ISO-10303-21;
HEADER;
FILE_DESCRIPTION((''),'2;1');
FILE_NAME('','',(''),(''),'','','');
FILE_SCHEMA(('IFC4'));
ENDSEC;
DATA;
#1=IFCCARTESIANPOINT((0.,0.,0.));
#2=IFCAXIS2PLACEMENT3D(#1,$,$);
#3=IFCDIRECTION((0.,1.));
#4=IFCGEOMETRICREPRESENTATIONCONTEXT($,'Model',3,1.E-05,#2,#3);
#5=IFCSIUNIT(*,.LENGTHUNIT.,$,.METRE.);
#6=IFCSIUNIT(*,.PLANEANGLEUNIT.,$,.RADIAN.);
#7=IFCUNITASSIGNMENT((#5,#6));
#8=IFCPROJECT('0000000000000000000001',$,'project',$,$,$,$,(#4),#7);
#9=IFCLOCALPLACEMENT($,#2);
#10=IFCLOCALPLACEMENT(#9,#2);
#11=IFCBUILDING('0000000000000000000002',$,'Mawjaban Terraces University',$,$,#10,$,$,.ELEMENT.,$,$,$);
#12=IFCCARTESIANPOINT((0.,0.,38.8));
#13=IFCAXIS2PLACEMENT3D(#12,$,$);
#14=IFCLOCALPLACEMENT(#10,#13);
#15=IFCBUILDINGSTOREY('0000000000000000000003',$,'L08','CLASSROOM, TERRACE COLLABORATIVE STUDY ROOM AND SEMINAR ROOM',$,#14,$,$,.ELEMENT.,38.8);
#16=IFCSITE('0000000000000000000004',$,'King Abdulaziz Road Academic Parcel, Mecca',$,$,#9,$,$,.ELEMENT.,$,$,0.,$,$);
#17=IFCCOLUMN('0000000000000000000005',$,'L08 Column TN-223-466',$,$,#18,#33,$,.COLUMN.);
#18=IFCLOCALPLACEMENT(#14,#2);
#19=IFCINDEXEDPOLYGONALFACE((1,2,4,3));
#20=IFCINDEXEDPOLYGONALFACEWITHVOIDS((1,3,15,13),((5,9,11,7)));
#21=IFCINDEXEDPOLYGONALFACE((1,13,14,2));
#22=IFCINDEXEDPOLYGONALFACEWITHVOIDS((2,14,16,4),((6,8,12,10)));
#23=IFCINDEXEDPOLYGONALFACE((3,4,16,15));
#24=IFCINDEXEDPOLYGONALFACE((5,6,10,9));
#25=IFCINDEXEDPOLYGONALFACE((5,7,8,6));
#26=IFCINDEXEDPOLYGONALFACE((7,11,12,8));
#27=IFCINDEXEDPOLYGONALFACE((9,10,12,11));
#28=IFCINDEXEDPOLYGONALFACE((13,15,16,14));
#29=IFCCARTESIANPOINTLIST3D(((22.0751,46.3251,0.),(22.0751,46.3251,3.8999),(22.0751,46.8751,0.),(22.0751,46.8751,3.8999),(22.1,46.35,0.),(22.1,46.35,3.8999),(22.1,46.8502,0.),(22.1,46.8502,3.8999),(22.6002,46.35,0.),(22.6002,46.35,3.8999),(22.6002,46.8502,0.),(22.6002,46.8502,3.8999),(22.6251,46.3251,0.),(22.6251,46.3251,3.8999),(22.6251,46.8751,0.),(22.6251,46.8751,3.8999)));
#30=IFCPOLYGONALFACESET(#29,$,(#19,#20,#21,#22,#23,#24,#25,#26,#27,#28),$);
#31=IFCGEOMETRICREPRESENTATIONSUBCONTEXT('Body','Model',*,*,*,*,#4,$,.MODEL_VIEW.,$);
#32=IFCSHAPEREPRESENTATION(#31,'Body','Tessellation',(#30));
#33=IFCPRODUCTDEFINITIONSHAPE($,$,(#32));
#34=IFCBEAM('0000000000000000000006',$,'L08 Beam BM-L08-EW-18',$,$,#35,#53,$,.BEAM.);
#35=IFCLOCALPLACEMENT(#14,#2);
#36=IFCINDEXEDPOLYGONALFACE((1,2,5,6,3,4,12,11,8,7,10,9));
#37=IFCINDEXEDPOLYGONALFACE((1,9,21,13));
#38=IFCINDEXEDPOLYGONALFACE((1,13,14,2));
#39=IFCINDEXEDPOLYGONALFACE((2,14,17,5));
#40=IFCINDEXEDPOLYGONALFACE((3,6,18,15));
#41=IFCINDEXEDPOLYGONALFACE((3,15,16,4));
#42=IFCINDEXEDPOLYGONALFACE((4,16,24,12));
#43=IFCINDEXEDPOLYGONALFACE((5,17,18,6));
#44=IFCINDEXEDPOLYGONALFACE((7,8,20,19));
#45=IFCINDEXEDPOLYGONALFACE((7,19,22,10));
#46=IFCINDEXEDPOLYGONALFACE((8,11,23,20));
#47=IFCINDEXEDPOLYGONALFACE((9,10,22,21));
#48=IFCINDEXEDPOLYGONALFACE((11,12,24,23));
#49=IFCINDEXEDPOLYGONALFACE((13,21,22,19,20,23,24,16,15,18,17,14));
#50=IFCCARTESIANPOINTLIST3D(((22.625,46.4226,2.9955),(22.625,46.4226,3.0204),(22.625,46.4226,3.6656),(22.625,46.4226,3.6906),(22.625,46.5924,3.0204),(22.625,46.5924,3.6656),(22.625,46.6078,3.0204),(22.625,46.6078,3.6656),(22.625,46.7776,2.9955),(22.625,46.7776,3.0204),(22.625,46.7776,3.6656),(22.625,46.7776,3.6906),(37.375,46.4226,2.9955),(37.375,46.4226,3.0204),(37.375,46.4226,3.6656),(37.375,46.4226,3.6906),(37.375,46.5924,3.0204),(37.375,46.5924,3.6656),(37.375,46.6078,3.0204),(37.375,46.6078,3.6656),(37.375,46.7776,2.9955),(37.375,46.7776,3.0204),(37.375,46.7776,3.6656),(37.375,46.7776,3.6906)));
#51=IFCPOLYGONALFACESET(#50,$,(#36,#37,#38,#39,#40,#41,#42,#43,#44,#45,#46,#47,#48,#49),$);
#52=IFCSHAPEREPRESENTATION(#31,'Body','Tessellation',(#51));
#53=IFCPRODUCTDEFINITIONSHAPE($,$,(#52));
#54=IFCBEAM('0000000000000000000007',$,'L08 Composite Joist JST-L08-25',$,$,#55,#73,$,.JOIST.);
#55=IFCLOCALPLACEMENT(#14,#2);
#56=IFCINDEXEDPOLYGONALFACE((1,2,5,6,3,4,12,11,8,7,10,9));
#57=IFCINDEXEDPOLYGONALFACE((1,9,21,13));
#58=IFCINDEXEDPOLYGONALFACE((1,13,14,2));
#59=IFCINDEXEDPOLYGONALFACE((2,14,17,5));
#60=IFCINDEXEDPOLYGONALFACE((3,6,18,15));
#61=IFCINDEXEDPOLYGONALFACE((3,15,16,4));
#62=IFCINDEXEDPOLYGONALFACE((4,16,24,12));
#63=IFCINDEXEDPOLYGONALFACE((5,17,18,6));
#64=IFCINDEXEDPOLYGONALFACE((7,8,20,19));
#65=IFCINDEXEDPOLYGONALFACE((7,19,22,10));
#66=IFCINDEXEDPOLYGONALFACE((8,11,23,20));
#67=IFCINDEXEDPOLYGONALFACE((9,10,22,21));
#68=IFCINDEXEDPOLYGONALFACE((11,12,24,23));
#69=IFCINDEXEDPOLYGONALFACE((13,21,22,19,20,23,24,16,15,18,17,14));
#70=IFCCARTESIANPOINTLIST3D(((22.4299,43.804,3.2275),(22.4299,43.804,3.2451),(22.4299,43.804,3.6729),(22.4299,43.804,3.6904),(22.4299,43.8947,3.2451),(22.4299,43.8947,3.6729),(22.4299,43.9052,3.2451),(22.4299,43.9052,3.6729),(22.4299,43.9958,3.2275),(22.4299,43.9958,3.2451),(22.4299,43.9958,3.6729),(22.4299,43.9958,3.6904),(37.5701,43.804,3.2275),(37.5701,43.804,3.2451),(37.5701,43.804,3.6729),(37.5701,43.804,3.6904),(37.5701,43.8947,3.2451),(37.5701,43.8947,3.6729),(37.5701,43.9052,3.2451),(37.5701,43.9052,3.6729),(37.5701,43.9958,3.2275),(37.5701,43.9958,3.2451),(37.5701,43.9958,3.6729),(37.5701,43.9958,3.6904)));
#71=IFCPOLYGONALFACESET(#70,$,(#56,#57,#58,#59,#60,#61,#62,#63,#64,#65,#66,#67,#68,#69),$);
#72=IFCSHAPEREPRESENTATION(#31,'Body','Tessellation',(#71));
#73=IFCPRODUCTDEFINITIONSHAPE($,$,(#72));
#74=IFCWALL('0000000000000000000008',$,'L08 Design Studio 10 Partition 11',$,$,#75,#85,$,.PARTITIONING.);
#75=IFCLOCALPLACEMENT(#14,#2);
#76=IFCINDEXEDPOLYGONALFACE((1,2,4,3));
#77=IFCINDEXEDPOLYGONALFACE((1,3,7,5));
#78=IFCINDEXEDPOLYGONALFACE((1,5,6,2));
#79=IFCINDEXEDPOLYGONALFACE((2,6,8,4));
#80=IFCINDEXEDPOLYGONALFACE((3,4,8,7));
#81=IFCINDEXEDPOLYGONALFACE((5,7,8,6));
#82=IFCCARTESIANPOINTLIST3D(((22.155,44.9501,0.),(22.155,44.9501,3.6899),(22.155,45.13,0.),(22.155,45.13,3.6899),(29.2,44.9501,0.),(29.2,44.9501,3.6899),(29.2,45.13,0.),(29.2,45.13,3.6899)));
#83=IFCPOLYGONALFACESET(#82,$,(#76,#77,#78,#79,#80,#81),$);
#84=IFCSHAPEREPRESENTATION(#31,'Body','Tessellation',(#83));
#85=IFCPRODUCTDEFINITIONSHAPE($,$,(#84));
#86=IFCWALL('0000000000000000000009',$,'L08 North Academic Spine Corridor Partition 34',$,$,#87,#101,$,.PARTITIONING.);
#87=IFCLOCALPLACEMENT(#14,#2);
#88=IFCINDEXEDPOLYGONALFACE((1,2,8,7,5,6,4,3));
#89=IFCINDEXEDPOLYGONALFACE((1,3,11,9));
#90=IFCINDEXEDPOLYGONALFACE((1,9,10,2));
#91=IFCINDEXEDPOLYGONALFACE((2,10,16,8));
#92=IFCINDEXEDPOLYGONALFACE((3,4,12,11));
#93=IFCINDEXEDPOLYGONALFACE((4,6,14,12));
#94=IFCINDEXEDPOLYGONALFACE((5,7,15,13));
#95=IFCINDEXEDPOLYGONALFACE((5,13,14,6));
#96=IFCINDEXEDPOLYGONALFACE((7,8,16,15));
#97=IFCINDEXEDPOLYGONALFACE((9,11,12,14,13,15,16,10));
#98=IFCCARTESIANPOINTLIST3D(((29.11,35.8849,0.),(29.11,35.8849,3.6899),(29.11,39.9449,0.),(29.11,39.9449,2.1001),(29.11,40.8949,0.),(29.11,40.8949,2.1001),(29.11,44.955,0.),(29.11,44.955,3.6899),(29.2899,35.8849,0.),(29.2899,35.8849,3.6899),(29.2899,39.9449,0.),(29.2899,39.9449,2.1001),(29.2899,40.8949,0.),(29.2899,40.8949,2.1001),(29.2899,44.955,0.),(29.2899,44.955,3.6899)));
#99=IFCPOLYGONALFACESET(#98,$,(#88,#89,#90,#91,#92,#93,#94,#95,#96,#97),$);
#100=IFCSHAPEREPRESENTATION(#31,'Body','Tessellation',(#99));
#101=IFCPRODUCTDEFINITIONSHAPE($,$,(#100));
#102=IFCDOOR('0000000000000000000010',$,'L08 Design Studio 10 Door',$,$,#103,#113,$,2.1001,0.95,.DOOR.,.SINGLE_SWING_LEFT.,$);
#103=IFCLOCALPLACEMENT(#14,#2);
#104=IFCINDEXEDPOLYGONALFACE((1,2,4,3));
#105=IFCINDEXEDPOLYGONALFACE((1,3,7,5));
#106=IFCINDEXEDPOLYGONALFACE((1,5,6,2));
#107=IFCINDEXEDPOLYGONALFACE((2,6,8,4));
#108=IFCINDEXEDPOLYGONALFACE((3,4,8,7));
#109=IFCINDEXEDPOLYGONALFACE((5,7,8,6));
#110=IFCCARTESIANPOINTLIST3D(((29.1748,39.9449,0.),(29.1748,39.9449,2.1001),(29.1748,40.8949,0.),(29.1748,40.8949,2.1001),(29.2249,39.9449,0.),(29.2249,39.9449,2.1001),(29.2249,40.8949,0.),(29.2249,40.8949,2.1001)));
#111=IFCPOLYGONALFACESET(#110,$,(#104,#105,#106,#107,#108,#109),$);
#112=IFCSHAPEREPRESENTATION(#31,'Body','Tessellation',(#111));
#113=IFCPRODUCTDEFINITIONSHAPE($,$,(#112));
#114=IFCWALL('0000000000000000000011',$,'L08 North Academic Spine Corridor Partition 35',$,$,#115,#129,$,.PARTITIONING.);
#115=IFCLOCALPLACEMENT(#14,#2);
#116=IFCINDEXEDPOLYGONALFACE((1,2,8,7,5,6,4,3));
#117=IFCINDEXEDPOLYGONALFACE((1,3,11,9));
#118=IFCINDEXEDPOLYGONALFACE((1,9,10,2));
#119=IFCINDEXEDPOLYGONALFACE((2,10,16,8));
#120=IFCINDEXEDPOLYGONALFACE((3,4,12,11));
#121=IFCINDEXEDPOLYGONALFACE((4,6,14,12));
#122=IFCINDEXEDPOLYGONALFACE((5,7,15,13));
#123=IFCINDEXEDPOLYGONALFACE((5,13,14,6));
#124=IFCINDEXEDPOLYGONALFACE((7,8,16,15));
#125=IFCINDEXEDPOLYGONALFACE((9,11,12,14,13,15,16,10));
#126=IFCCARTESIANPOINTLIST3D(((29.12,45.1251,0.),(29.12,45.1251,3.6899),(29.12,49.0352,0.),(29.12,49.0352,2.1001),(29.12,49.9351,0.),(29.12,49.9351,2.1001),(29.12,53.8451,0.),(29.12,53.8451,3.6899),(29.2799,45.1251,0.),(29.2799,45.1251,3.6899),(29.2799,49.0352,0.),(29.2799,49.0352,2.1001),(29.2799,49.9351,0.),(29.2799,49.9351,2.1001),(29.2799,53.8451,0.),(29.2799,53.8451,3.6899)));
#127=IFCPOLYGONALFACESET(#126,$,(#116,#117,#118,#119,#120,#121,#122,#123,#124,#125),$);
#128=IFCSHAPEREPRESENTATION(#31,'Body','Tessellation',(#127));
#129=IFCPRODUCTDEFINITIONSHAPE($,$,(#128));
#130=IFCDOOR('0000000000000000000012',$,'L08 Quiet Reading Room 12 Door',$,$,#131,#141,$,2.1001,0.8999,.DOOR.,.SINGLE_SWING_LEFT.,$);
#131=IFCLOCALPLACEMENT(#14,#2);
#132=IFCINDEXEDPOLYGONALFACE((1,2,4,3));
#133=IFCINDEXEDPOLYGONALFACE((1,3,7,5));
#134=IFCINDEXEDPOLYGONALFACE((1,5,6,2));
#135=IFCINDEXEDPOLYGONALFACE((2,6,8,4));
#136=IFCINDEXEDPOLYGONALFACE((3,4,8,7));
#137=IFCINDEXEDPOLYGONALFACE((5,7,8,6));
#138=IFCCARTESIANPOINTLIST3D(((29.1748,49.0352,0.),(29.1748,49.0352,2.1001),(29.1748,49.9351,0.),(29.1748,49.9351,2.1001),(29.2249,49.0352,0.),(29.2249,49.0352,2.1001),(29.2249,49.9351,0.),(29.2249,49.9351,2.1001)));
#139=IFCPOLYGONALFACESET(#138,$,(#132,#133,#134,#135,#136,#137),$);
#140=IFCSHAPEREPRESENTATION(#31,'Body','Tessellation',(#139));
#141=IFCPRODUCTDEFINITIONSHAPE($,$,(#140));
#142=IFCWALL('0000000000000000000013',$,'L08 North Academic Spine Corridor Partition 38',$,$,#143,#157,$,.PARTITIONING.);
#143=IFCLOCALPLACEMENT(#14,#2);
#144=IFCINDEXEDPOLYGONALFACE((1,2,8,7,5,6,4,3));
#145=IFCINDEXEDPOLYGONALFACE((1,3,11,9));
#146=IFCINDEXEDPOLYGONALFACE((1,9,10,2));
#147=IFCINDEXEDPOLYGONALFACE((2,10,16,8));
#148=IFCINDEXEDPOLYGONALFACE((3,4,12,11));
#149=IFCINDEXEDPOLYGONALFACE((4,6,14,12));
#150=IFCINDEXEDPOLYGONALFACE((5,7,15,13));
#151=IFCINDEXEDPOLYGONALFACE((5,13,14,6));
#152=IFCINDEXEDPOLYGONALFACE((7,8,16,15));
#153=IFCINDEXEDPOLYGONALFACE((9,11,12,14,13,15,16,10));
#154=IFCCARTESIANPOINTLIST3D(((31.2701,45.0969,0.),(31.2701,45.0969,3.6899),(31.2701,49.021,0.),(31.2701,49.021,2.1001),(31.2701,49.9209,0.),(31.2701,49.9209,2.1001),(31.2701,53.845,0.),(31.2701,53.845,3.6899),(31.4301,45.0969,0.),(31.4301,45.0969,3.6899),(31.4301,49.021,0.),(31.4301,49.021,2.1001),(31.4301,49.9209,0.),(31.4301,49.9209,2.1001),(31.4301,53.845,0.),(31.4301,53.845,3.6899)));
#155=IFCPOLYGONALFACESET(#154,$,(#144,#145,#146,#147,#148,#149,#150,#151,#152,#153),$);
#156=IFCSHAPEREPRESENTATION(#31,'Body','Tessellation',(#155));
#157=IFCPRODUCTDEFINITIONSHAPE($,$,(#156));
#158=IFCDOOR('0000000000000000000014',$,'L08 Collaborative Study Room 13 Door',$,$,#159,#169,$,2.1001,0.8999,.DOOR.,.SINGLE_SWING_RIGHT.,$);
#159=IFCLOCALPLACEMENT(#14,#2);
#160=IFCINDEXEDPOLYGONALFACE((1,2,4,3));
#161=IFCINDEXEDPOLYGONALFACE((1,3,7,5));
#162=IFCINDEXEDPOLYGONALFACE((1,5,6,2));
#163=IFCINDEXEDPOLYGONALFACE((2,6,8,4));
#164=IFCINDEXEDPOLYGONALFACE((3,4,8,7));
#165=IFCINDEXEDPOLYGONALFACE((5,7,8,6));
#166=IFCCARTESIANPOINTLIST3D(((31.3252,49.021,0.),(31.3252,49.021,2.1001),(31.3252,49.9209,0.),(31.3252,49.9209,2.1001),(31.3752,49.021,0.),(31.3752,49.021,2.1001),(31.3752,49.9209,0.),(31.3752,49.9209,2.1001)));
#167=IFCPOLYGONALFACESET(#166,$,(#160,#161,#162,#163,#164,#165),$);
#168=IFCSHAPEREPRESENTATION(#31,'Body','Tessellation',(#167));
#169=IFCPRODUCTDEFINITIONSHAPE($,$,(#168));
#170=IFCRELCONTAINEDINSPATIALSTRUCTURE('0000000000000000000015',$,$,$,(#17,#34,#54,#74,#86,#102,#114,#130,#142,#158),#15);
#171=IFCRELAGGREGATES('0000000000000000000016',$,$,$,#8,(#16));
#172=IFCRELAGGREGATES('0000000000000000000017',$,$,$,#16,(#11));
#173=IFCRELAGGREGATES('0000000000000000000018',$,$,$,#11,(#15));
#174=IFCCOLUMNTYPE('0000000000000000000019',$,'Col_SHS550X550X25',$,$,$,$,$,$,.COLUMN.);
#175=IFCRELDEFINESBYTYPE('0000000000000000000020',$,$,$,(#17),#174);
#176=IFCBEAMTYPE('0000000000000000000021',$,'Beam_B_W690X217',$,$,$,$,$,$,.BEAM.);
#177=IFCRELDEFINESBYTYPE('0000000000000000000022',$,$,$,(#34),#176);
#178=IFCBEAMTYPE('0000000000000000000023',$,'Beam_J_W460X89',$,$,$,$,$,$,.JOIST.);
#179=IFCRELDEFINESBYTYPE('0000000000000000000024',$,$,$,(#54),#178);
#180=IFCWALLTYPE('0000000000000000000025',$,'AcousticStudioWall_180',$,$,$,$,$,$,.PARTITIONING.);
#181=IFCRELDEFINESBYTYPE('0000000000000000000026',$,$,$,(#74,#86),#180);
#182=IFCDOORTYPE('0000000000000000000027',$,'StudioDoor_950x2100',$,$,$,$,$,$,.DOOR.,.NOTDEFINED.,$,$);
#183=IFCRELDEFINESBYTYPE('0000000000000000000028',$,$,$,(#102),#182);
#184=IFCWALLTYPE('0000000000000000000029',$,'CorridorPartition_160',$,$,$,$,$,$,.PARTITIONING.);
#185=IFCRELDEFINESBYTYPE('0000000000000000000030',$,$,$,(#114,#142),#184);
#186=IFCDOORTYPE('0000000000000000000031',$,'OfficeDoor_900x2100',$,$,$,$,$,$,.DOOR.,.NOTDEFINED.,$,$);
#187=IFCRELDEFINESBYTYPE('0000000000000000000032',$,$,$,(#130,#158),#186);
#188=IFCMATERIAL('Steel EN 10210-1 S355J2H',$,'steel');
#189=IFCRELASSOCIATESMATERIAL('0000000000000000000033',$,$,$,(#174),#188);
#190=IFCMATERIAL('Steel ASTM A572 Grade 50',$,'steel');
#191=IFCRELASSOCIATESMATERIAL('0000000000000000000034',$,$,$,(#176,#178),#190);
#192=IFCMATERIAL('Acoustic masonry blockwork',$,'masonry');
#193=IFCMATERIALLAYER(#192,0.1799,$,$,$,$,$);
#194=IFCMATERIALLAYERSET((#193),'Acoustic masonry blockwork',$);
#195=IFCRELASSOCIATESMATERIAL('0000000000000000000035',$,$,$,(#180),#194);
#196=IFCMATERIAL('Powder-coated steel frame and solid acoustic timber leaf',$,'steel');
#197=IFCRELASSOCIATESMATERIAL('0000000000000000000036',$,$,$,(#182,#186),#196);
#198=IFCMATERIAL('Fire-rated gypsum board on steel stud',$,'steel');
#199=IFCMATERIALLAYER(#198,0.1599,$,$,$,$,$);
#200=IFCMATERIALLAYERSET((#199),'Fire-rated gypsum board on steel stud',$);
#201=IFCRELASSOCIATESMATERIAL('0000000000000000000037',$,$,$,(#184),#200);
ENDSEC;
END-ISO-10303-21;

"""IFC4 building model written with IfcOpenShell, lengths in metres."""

from ifc_helpers import new_model, si_unit, direction, frame, frame_2d, origin, origin_2d, place, context, subcontext, project, spatial, rectangle, hollow_rectangle, i_section, extrude, material, layer, layer_set, material_profile, profile_set, type_object, element, fill, save


model = new_model("IFC4")

# Units and contexts
model_context = context("Model", 3, precision=1e-05, world=origin(), true_north=direction((0.0, 1.0)))
body_context = subcontext(model_context, "Body", "Model", "MODEL_VIEW")
ifc_project = project(units=[si_unit("LENGTHUNIT", "METRE"), si_unit("PLANEANGLEUNIT", "RADIAN")], contexts=[model_context])

# Site, building, storey
site_placement = place(None, origin())
site = spatial("IfcSite", under=ifc_project, at=site_placement, Name="King Abdulaziz Road Academic Parcel, Mecca", CompositionType="ELEMENT", RefElevation=0.0)
building_placement = place(site_placement, origin())
building = spatial("IfcBuilding", under=site, at=building_placement, Name="Mawjaban Terraces University", CompositionType="ELEMENT")
storey_placement = place(building_placement, frame((0.0, 0.0, 38.8)))
storey = spatial("IfcBuildingStorey", under=building, at=storey_placement, Name="L08", Description="CLASSROOM, TERRACE COLLABORATIVE STUDY ROOM AND SEMINAR ROOM", CompositionType="ELEMENT", Elevation=38.8)

# Column
ifc_material_1 = material(Name="Steel EN 10210-1 S355J2H", Category="steel")
ifc_material_profile_1 = material_profile(ifc_material_1, hollow_rectangle(XDim=0.55, YDim=0.55, WallThickness=0.0249, at=origin_2d()), Name="SHS550X550X25")
ifc_profile_set_1 = profile_set([ifc_material_profile_1], Name="Steel EN 10210-1 S355J2H")
column_type = type_object("IfcColumnType", Name="Col_SHS550X550X25", PredefinedType="COLUMN", material=ifc_profile_set_1)
column_placement = place(storey_placement, frame((22.3501, 46.6001, 0.0), z_axis=(0.0, 0.0, 1.0), x_axis=(1.0, 0.0, 0.0)))
element("IfcColumn", 1, at=column_placement, inside=storey, type_object=column_type, Name="L08 Column TN-223-466", PredefinedType="COLUMN", context=body_context, shape_type="SweptSolid", body=[
    extrude(hollow_rectangle(XDim=0.55, YDim=0.55, WallThickness=0.0249, at=origin_2d()), origin(), (0.0, 0.0, 1.0), 3.8999),
])

# Beams
ifc_material_2 = material(Name="Steel ASTM A572 Grade 50", Category="steel")
ifc_material_profile_2 = material_profile(ifc_material_2, i_section(OverallWidth=0.355, OverallDepth=0.6951, WebThickness=0.0154, FlangeThickness=0.0249, at=origin_2d()), Name="W690X217")
ifc_profile_set_2 = profile_set([ifc_material_profile_2], Name="Steel ASTM A572 Grade 50")
beam_type_1 = type_object("IfcBeamType", Name="Beam_B_W690X217", PredefinedType="BEAM", material=ifc_profile_set_2)
beam_1_placement = place(storey_placement, frame((22.625, 46.6001, 3.343), z_axis=(1.0, 0.0, 0.0), x_axis=(0.0, 1.0, 0.0)))
element("IfcBeam", 2, at=beam_1_placement, inside=storey, type_object=beam_type_1, Name="L08 Beam BM-L08-EW-18", PredefinedType="BEAM", context=body_context, shape_type="SweptSolid", body=[
    extrude(i_section(OverallWidth=0.355, OverallDepth=0.6951, WebThickness=0.0154, FlangeThickness=0.0249, at=origin_2d()), origin(), (0.0, 0.0, 1.0), 14.75),
])
ifc_material_profile_3 = material_profile(ifc_material_2, i_section(OverallWidth=0.1919, OverallDepth=0.4629, WebThickness=0.0105, FlangeThickness=0.0176, at=origin_2d()), Name="W460X89")
ifc_profile_set_3 = profile_set([ifc_material_profile_3], Name="Steel ASTM A572 Grade 50")
beam_type_2 = type_object("IfcBeamType", Name="Beam_J_W460X89", PredefinedType="JOIST", material=ifc_profile_set_3)
beam_2_placement = place(storey_placement, frame((22.4299, 43.8999, 3.459), z_axis=(1.0, 0.0, 0.0), x_axis=(0.0, 1.0, 0.0)))
element("IfcBeam", 3, at=beam_2_placement, inside=storey, type_object=beam_type_2, Name="L08 Composite Joist JST-L08-25", PredefinedType="JOIST", context=body_context, shape_type="SweptSolid", body=[
    extrude(i_section(OverallWidth=0.1919, OverallDepth=0.4629, WebThickness=0.0105, FlangeThickness=0.0176, at=origin_2d()), origin(), (0.0, 0.0, 1.0), 15.1401),
])

# Wall
ifc_material_3 = material(Name="Acoustic masonry blockwork", Category="masonry")
ifc_layer_1 = layer(ifc_material_3, 0.1799)
ifc_layer_set_1 = layer_set([ifc_layer_1], Name="Acoustic masonry blockwork")
wall_type_1 = type_object("IfcWallType", Name="AcousticStudioWall_180", PredefinedType="PARTITIONING", material=ifc_layer_set_1)
wall_1_placement = place(storey_placement, frame((29.2, 45.04, 0.0), z_axis=(0.0, 0.0, 1.0), x_axis=(-1.0, 0.0, 0.0)))
element("IfcWall", 4, at=wall_1_placement, inside=storey, type_object=wall_type_1, Name="L08 Design Studio 10 Partition 11", PredefinedType="PARTITIONING", context=body_context, shape_type="SweptSolid", body=[
    extrude(rectangle(XDim=7.0449, YDim=0.1799, at=frame_2d((3.5225, 0.0))), origin(), (0.0, 0.0, 1.0), 3.6899),
])

# Walls, openings, doors
wall_2_placement = place(storey_placement, frame((29.2, 44.9551, 0.0), z_axis=(0.0, 0.0, 1.0), x_axis=(0.0, -1.0, 0.0)))
wall_2 = element("IfcWall", 5, at=wall_2_placement, inside=storey, type_object=wall_type_1, Name="L08 North Academic Spine Corridor Partition 34", PredefinedType="PARTITIONING", context=body_context, shape_type="SweptSolid", body=[
    extrude(rectangle(XDim=9.0701, YDim=0.1799, at=frame_2d((4.5352, 0.0))), origin(), (0.0, 0.0, 1.0), 3.6899),
])
opening_1_placement = place(wall_2_placement, frame((4.0601, 0.0, 0.0)))
opening_1 = element("IfcOpeningElement", 6, at=opening_1_placement, cuts=wall_2, PredefinedType="OPENING", context=body_context, shape_type="SweptSolid", body=[
    extrude(rectangle(XDim=0.95, YDim=2.1001, at=frame_2d((0.4751, 1.05))), frame((0.0, 0.0999, 0.0), z_axis=(0.0, -1.0, 0.0), x_axis=(1.0, 0.0, 0.0)), (0.0, 0.0, 1.0), 0.2),
])
ifc_material_4 = material(Name="Powder-coated steel frame and solid acoustic timber leaf", Category="steel")
door_type_1 = type_object("IfcDoorType", Name="StudioDoor_950x2100", OperationType="NOTDEFINED", PredefinedType="DOOR", material=ifc_material_4)
door_1_placement = place(opening_1_placement, origin())
door_1 = element("IfcDoor", 7, at=door_1_placement, inside=storey, type_object=door_type_1, Name="L08 Design Studio 10 Door", OperationType="SINGLE_SWING_LEFT", OverallHeight=2.1001, OverallWidth=0.95, PredefinedType="DOOR", context=body_context, shape_type="SweptSolid", body=[
    extrude(rectangle(XDim=0.95, YDim=2.1001, at=frame_2d((0.4751, 1.05))), frame((0.0, 0.0249, 0.0), z_axis=(0.0, -1.0, 0.0), x_axis=(1.0, 0.0, 0.0)), (0.0, 0.0, 1.0), 0.05),
])
fill(opening_1, door_1)
ifc_material_5 = material(Name="Fire-rated gypsum board on steel stud", Category="steel")
ifc_layer_2 = layer(ifc_material_5, 0.1599)
ifc_layer_set_2 = layer_set([ifc_layer_2], Name="Fire-rated gypsum board on steel stud")
wall_type_2 = type_object("IfcWallType", Name="CorridorPartition_160", PredefinedType="PARTITIONING", material=ifc_layer_set_2)
wall_3_placement = place(storey_placement, frame((29.2, 53.845, 0.0), z_axis=(0.0, 0.0, 1.0), x_axis=(0.0, -1.0, 0.0)))
wall_3 = element("IfcWall", 8, at=wall_3_placement, inside=storey, type_object=wall_type_2, Name="L08 North Academic Spine Corridor Partition 35", PredefinedType="PARTITIONING", context=body_context, shape_type="SweptSolid", body=[
    extrude(rectangle(XDim=8.72, YDim=0.1599, at=frame_2d((4.3599, 0.0))), origin(), (0.0, 0.0, 1.0), 3.6899),
])
opening_2_placement = place(wall_3_placement, frame((3.9099, 0.0, 0.0)))
opening_2 = element("IfcOpeningElement", 9, at=opening_2_placement, cuts=wall_3, PredefinedType="OPENING", context=body_context, shape_type="SweptSolid", body=[
    extrude(rectangle(XDim=0.8999, YDim=2.1001, at=frame_2d((0.45, 1.05))), frame((0.0, 0.0898, 0.0), z_axis=(0.0, -1.0, 0.0), x_axis=(1.0, 0.0, 0.0)), (0.0, 0.0, 1.0), 0.1799),
])
door_type_2 = type_object("IfcDoorType", Name="OfficeDoor_900x2100", OperationType="NOTDEFINED", PredefinedType="DOOR", material=ifc_material_4)
door_2_placement = place(opening_2_placement, origin())
door_2 = element("IfcDoor", 10, at=door_2_placement, inside=storey, type_object=door_type_2, Name="L08 Quiet Reading Room 12 Door", OperationType="SINGLE_SWING_LEFT", OverallHeight=2.1001, OverallWidth=0.8999, PredefinedType="DOOR", context=body_context, shape_type="SweptSolid", body=[
    extrude(rectangle(XDim=0.8999, YDim=2.1001, at=frame_2d((0.45, 1.05))), frame((0.0, 0.0249, 0.0), z_axis=(0.0, -1.0, 0.0), x_axis=(1.0, 0.0, 0.0)), (0.0, 0.0, 1.0), 0.05),
])
fill(opening_2, door_2)
wall_4_placement = place(storey_placement, frame((31.3501, 45.0969, 0.0), z_axis=(0.0, 0.0, 1.0), x_axis=(0.0, 1.0, 0.0)))
wall_4 = element("IfcWall", 11, at=wall_4_placement, inside=storey, type_object=wall_type_2, Name="L08 North Academic Spine Corridor Partition 38", PredefinedType="PARTITIONING", context=body_context, shape_type="SweptSolid", body=[
    extrude(rectangle(XDim=8.748, YDim=0.1599, at=frame_2d((4.374, 0.0))), origin(), (0.0, 0.0, 1.0), 3.6899),
])
opening_3_placement = place(wall_4_placement, frame((3.9241, 0.0, 0.0)))
opening_3 = element("IfcOpeningElement", 12, at=opening_3_placement, cuts=wall_4, PredefinedType="OPENING", context=body_context, shape_type="SweptSolid", body=[
    extrude(rectangle(XDim=0.8999, YDim=2.1001, at=frame_2d((0.45, 1.05))), frame((0.0, 0.0898, 0.0), z_axis=(0.0, -1.0, 0.0), x_axis=(1.0, 0.0, 0.0)), (0.0, 0.0, 1.0), 0.1799),
])
door_3_placement = place(opening_3_placement, origin())
door_3 = element("IfcDoor", 13, at=door_3_placement, inside=storey, type_object=door_type_2, Name="L08 Collaborative Study Room 13 Door", OperationType="SINGLE_SWING_RIGHT", OverallHeight=2.1001, OverallWidth=0.8999, PredefinedType="DOOR", context=body_context, shape_type="SweptSolid", body=[
    extrude(rectangle(XDim=0.8999, YDim=2.1001, at=frame_2d((0.45, 1.05))), frame((0.0, 0.0249, 0.0), z_axis=(0.0, -1.0, 0.0), x_axis=(1.0, 0.0, 0.0)), (0.0, 0.0, 1.0), 0.05),
])
fill(opening_3, door_3)

save(model, "model.ifc")
